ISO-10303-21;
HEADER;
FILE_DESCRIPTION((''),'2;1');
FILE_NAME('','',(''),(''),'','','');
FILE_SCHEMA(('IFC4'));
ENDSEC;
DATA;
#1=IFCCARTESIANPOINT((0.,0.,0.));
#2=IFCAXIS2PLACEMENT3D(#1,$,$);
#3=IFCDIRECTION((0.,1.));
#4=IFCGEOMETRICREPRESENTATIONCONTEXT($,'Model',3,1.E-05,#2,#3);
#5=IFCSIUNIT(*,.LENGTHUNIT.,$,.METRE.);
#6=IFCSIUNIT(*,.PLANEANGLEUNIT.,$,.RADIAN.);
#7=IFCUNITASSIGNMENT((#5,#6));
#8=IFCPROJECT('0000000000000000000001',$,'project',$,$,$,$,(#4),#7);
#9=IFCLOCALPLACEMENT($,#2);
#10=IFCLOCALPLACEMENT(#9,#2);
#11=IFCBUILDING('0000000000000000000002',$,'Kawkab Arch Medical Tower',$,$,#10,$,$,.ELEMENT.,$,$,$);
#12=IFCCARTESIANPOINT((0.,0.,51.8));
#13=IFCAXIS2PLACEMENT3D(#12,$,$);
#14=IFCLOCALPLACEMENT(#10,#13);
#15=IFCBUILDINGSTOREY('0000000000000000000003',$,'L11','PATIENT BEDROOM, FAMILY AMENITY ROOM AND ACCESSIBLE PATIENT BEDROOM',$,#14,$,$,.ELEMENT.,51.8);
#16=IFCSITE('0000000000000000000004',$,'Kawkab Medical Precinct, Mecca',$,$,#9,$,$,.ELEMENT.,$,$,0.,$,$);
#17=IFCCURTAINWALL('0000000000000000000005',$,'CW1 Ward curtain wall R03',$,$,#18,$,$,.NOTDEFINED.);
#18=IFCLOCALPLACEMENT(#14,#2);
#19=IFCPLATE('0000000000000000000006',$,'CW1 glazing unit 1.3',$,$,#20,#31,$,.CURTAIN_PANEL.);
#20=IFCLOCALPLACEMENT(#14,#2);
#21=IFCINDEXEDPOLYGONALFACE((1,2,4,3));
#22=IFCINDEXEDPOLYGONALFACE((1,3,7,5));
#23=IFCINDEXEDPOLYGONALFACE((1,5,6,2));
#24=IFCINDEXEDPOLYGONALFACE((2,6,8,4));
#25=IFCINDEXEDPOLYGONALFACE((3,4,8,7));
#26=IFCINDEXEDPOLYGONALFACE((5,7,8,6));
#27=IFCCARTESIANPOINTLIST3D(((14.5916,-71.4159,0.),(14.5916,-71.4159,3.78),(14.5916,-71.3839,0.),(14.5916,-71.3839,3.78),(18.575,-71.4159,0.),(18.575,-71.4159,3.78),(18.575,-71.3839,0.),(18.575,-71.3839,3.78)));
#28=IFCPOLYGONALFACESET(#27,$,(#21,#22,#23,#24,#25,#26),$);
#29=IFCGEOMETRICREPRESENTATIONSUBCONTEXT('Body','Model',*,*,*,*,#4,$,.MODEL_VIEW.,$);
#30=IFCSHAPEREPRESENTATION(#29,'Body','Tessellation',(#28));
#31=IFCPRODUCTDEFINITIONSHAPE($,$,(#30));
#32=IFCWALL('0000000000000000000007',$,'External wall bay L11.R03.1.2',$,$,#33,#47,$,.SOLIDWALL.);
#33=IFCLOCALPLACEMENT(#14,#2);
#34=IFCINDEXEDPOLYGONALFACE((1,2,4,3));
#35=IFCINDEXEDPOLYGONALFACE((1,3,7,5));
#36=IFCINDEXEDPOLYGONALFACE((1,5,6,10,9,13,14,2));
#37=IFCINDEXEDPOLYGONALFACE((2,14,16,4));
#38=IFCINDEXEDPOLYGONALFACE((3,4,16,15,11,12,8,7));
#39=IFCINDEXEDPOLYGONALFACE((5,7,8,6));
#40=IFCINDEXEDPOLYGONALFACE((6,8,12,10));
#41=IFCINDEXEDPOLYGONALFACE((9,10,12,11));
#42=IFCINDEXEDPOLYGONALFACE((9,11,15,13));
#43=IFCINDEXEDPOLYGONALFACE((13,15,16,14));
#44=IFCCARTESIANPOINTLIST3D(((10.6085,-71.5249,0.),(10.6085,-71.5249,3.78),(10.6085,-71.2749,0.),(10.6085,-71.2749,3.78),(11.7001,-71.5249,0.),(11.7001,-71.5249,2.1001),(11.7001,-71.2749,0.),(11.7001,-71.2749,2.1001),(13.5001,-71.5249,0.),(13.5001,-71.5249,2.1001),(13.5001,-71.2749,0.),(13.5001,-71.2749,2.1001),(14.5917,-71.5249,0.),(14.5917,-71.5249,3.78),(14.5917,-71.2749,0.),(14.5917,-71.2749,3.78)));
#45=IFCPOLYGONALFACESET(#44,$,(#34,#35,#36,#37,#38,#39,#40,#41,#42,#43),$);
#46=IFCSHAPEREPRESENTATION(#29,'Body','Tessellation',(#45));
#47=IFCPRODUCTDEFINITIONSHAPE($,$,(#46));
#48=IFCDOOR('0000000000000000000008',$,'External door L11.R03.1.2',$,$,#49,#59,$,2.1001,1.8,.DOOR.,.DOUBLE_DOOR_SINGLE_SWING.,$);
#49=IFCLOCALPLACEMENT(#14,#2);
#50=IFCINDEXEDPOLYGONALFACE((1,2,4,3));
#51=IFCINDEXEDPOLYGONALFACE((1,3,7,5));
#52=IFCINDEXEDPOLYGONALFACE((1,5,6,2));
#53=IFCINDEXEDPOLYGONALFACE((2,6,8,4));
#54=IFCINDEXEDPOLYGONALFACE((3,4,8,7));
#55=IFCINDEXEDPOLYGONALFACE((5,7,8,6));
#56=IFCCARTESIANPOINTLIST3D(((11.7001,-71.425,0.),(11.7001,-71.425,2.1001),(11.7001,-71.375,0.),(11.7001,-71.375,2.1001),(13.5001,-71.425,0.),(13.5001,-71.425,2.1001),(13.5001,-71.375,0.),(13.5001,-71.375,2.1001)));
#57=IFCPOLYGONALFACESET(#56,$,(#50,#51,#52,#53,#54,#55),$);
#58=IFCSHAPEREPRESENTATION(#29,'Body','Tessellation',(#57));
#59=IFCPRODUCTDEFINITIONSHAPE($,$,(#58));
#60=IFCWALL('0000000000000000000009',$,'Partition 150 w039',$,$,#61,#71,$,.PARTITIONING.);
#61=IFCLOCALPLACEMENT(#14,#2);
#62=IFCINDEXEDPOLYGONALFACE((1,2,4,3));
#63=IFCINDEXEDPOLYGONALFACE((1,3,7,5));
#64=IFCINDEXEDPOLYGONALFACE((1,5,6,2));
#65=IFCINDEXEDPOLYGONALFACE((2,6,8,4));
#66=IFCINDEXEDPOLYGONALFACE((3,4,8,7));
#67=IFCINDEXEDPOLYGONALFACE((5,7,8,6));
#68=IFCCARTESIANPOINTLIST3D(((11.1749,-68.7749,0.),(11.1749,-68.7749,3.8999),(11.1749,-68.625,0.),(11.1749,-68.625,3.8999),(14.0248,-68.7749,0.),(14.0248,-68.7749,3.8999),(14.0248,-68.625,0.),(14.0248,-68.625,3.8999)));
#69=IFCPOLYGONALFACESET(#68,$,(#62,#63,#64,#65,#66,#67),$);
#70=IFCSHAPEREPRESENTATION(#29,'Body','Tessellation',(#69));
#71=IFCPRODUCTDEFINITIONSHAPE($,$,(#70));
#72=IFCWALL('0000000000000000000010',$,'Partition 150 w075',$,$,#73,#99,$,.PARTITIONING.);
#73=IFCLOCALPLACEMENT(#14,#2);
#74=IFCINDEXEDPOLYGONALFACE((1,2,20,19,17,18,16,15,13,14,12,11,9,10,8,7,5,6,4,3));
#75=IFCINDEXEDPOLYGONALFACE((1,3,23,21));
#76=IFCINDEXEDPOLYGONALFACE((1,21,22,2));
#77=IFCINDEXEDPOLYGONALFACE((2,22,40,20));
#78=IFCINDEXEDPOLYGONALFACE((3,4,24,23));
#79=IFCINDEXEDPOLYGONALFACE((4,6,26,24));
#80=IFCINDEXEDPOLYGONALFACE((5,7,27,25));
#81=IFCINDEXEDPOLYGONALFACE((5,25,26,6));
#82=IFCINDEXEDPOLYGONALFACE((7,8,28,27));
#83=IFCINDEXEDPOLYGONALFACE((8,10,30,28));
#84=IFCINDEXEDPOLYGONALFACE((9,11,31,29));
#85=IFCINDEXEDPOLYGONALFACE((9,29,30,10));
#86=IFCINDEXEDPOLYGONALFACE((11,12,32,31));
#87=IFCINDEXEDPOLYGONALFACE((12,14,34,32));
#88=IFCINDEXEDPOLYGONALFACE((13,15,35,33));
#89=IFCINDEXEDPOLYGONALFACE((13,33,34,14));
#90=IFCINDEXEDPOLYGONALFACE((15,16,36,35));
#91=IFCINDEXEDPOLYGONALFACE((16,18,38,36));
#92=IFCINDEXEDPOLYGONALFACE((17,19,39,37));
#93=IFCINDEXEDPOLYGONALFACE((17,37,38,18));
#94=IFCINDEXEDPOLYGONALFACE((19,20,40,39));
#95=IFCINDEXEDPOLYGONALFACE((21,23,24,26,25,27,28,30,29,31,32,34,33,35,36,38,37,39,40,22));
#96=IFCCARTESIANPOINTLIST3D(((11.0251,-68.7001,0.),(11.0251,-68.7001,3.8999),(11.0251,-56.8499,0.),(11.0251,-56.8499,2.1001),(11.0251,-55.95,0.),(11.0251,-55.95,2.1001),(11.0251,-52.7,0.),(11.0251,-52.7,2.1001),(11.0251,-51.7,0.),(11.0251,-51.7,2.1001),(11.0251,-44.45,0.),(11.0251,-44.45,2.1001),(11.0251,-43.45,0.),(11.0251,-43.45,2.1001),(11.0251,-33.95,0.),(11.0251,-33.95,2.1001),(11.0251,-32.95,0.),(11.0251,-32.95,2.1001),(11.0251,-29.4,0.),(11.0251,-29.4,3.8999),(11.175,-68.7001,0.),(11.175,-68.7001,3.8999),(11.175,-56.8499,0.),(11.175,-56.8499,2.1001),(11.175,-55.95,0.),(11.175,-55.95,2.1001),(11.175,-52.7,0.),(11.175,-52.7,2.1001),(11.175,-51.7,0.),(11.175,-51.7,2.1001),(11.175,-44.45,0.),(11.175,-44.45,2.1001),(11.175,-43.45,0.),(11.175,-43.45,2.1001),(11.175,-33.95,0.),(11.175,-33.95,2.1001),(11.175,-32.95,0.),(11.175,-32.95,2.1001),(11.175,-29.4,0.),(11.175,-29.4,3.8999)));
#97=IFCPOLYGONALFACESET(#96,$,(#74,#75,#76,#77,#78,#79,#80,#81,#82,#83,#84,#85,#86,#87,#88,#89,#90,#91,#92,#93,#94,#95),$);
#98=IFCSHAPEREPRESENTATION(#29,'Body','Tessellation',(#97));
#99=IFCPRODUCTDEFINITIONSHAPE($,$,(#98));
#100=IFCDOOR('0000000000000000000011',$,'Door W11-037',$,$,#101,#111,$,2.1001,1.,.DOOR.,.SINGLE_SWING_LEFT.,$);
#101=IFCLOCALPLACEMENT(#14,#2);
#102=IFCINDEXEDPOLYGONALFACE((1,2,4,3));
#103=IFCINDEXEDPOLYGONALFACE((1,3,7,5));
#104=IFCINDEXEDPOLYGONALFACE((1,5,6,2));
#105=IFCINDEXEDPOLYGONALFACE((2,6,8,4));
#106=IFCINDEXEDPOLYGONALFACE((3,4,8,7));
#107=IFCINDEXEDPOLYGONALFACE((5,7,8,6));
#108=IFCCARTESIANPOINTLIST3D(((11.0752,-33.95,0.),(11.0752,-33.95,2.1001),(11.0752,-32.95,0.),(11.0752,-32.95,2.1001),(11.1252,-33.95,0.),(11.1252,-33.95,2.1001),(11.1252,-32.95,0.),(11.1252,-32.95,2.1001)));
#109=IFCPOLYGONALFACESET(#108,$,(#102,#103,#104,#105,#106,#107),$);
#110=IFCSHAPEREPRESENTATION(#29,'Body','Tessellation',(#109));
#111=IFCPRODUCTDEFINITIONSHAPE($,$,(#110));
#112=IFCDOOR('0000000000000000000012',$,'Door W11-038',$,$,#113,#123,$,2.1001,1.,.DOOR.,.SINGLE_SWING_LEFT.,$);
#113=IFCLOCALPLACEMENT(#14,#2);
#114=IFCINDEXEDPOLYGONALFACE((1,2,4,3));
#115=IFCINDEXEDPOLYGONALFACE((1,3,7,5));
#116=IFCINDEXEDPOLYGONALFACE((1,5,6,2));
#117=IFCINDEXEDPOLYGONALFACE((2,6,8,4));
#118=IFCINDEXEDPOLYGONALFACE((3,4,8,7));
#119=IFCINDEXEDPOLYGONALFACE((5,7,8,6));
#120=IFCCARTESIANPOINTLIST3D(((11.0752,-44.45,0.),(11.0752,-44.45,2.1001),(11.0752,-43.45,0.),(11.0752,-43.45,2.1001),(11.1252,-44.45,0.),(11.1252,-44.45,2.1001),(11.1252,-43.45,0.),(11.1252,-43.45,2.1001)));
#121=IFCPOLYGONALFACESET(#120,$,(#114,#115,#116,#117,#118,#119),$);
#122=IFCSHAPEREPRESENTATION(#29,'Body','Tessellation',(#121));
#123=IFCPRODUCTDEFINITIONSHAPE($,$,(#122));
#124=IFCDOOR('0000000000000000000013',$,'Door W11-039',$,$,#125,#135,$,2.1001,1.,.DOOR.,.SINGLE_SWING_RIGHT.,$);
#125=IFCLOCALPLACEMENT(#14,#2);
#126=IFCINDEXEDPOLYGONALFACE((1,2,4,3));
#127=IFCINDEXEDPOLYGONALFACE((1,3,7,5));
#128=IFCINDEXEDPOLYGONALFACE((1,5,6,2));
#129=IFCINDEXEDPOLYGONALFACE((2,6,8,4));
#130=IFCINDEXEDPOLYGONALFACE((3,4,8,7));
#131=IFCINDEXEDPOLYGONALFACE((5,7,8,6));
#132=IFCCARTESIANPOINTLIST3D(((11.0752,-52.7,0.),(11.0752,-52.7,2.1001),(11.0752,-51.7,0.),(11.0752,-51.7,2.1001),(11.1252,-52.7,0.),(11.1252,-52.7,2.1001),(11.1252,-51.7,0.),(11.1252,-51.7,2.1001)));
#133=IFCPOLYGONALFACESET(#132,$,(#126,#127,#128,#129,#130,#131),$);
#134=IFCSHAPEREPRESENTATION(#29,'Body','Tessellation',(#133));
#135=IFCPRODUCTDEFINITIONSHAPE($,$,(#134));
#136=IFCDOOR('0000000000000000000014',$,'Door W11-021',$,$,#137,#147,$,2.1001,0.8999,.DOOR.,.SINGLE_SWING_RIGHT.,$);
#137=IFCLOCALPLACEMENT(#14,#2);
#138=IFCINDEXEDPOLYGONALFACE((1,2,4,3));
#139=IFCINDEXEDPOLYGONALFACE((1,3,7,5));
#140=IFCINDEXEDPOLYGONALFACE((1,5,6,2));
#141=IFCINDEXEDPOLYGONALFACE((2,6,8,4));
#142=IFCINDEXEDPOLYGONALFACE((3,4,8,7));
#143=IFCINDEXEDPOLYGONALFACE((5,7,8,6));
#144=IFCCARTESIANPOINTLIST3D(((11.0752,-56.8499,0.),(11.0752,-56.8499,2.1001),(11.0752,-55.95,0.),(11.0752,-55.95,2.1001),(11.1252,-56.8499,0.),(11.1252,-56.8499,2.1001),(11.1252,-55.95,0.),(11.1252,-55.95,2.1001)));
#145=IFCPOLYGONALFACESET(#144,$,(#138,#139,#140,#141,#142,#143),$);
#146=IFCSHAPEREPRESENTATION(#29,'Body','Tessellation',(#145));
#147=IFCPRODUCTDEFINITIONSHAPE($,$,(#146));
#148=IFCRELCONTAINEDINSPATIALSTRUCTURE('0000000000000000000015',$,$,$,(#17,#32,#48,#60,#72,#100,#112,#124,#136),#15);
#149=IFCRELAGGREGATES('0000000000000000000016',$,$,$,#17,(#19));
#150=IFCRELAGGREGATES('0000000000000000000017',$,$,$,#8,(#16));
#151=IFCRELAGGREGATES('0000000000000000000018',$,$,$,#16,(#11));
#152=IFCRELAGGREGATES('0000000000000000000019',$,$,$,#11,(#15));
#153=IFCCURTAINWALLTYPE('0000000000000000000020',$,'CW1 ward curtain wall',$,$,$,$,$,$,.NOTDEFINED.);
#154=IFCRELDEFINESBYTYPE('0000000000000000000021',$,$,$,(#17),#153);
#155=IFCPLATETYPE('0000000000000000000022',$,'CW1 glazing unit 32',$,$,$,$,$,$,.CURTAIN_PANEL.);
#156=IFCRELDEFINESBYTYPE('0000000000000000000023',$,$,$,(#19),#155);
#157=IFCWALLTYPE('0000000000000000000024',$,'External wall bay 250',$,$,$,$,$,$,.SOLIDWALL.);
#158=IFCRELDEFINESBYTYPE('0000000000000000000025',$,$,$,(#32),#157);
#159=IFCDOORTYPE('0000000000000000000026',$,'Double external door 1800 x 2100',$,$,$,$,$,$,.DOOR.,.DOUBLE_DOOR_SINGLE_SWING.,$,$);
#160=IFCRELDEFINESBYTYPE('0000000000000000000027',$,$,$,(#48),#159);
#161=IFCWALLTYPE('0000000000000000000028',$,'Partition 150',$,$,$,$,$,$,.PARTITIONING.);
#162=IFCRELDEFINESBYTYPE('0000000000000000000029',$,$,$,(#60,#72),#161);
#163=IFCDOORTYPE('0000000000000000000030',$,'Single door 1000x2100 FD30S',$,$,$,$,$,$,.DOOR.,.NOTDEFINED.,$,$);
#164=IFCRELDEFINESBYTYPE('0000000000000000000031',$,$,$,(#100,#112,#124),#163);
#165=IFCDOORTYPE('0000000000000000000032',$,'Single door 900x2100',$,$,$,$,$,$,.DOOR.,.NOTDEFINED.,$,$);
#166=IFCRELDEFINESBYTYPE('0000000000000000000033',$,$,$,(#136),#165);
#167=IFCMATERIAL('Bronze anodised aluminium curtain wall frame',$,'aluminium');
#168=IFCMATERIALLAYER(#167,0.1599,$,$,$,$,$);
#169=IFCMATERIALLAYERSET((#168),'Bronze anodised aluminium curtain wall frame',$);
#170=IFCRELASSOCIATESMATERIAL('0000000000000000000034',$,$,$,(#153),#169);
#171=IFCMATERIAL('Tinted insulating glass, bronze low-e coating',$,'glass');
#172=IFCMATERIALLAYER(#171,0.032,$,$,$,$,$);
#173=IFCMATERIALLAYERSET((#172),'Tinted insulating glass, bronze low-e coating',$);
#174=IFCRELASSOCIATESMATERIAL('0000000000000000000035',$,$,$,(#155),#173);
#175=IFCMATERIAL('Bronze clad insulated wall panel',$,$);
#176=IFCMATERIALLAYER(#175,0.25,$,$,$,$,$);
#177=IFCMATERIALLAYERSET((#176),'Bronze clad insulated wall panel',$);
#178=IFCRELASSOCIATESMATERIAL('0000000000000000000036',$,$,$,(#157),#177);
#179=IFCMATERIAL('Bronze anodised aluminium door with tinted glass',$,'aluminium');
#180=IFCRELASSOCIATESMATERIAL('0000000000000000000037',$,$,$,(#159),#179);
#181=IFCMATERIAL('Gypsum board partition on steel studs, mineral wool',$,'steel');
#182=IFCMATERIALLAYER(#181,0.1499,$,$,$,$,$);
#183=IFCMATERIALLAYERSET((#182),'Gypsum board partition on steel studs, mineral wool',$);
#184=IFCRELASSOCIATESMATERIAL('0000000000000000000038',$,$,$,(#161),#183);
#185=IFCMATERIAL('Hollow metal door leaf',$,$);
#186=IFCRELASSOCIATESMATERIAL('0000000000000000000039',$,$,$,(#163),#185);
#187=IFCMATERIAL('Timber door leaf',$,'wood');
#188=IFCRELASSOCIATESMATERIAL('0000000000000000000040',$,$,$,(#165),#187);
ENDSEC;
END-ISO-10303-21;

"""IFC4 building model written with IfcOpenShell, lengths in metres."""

from ifc_helpers import new_model, si_unit, direction, frame, frame_2d, origin, origin_2d, place, context, subcontext, project, spatial, rectangle, extrude, material, layer, layer_set, type_object, element, fill, aggregate, save


model = new_model("IFC4")

# Units and contexts
model_context = context("Model", 3, precision=1e-05, world=origin(), true_north=direction((0.0, 1.0)))
body_context = subcontext(model_context, "Body", "Model", "MODEL_VIEW")
ifc_project = project(units=[si_unit("LENGTHUNIT", "METRE"), si_unit("PLANEANGLEUNIT", "RADIAN")], contexts=[model_context])

# Site, building, storey
site_placement = place(None, origin())
site = spatial("IfcSite", under=ifc_project, at=site_placement, Name="Kawkab Medical Precinct, Mecca", CompositionType="ELEMENT", RefElevation=0.0)
building_placement = place(site_placement, origin())
building = spatial("IfcBuilding", under=site, at=building_placement, Name="Kawkab Arch Medical Tower", CompositionType="ELEMENT")
storey_placement = place(building_placement, frame((0.0, 0.0, 51.8)))
storey = spatial("IfcBuildingStorey", under=building, at=storey_placement, Name="L11", Description="PATIENT BEDROOM, FAMILY AMENITY ROOM AND ACCESSIBLE PATIENT BEDROOM", CompositionType="ELEMENT", Elevation=51.8)

# Curtain wall, plate
ifc_material_1 = material(Name="Bronze anodised aluminium curtain wall frame", Category="aluminium")
ifc_layer_1 = layer(ifc_material_1, 0.1599)
ifc_layer_set_1 = layer_set([ifc_layer_1], Name="Bronze anodised aluminium curtain wall frame")
curtain_wall_type = type_object("IfcCurtainWallType", Name="CW1 ward curtain wall", PredefinedType="NOTDEFINED", material=ifc_layer_set_1)
curtain_wall_placement = place(storey_placement, origin())
curtain_wall = element("IfcCurtainWall", 1, at=curtain_wall_placement, inside=storey, type_object=curtain_wall_type, Name="CW1 Ward curtain wall R03", PredefinedType="NOTDEFINED")
ifc_material_2 = material(Name="Tinted insulating glass, bronze low-e coating", Category="glass")
ifc_layer_2 = layer(ifc_material_2, 0.032)
ifc_layer_set_2 = layer_set([ifc_layer_2], Name="Tinted insulating glass, bronze low-e coating")
plate_type = type_object("IfcPlateType", Name="CW1 glazing unit 32", PredefinedType="CURTAIN_PANEL", material=ifc_layer_set_2)
plate_placement = place(storey_placement, frame((16.5833, -71.3999, 0.0), z_axis=(0.0, 0.0, 1.0), x_axis=(1.0, 0.0, 0.0)))
plate = element("IfcPlate", 2, at=plate_placement, type_object=plate_type, Name="CW1 glazing unit 1.3", PredefinedType="CURTAIN_PANEL", context=body_context, shape_type="SweptSolid", body=[
    extrude(rectangle(XDim=3.9834, YDim=0.032, at=origin_2d()), origin(), (0.0, 0.0, 1.0), 3.78),
])
aggregate(curtain_wall, [plate])

# Wall, opening, door
ifc_material_3 = material(Name="Bronze clad insulated wall panel")
ifc_layer_3 = layer(ifc_material_3, 0.25)
ifc_layer_set_3 = layer_set([ifc_layer_3], Name="Bronze clad insulated wall panel")
wall_type_1 = type_object("IfcWallType", Name="External wall bay 250", PredefinedType="SOLIDWALL", material=ifc_layer_set_3)
wall_1_placement = place(storey_placement, frame((10.6084, -71.3999, 0.0), z_axis=(0.0, 0.0, 1.0), x_axis=(1.0, 0.0, 0.0)))
wall_1 = element("IfcWall", 3, at=wall_1_placement, inside=storey, type_object=wall_type_1, Name="External wall bay L11.R03.1.2", PredefinedType="SOLIDWALL", context=body_context, shape_type="SweptSolid", body=[
    extrude(rectangle(XDim=3.9832, YDim=0.25, at=frame_2d((1.9917, 0.0))), origin(), (0.0, 0.0, 1.0), 3.78),
])
opening_1_placement = place(wall_1_placement, frame((1.0918, 0.0, 0.0)))
opening_1 = element("IfcOpeningElement", 4, at=opening_1_placement, cuts=wall_1, PredefinedType="OPENING", context=body_context, shape_type="SweptSolid", body=[
    extrude(rectangle(XDim=1.8, YDim=2.1001, at=frame_2d((0.8999, 1.05))), frame((0.0, 0.135, 0.0), z_axis=(0.0, -1.0, 0.0), x_axis=(1.0, 0.0, 0.0)), (0.0, 0.0, 1.0), 0.27),
])
ifc_material_4 = material(Name="Bronze anodised aluminium door with tinted glass", Category="aluminium")
door_type_1 = type_object("IfcDoorType", Name="Double external door 1800 x 2100", OperationType="DOUBLE_DOOR_SINGLE_SWING", PredefinedType="DOOR", material=ifc_material_4)
door_1_placement = place(opening_1_placement, origin())
door_1 = element("IfcDoor", 5, at=door_1_placement, inside=storey, type_object=door_type_1, Name="External door L11.R03.1.2", OperationType="DOUBLE_DOOR_SINGLE_SWING", OverallHeight=2.1001, OverallWidth=1.8, PredefinedType="DOOR", context=body_context, shape_type="SweptSolid", body=[
    extrude(rectangle(XDim=1.8, YDim=2.1001, at=frame_2d((0.8999, 1.05))), frame((0.0, 0.0249, 0.0), z_axis=(0.0, -1.0, 0.0), x_axis=(1.0, 0.0, 0.0)), (0.0, 0.0, 1.0), 0.05),
])
fill(opening_1, door_1)

# Wall
ifc_material_5 = material(Name="Gypsum board partition on steel studs, mineral wool", Category="steel")
ifc_layer_4 = layer(ifc_material_5, 0.1499)
ifc_layer_set_4 = layer_set([ifc_layer_4], Name="Gypsum board partition on steel studs, mineral wool")
wall_type_2 = type_object("IfcWallType", Name="Partition 150", PredefinedType="PARTITIONING", material=ifc_layer_set_4)
wall_2_placement = place(storey_placement, frame((11.175, -68.7, 0.0), z_axis=(0.0, 0.0, 1.0), x_axis=(1.0, 0.0, 0.0)))
element("IfcWall", 6, at=wall_2_placement, inside=storey, type_object=wall_type_2, Name="Partition 150 w039", PredefinedType="PARTITIONING", context=body_context, shape_type="SweptSolid", body=[
    extrude(rectangle(XDim=2.8499, YDim=0.1499, at=frame_2d((1.4248, 0.0))), origin(), (0.0, 0.0, 1.0), 3.8999),
])

# Wall, openings, doors
wall_3_placement = place(storey_placement, frame((11.1001, -68.7, 0.0), z_axis=(0.0, 0.0, 1.0), x_axis=(0.0, 1.0, 0.0)))
wall_3 = element("IfcWall", 7, at=wall_3_placement, inside=storey, type_object=wall_type_2, Name="Partition 150 w075", PredefinedType="PARTITIONING", context=body_context, shape_type="SweptSolid", body=[
    extrude(rectangle(XDim=39.3, YDim=0.1499, at=frame_2d((19.6499, 0.0))), origin(), (0.0, 0.0, 1.0), 3.8999),
])
opening_2_placement = place(wall_3_placement, frame((34.75, 0.0, 0.0)))
opening_2 = element("IfcOpeningElement", 8, at=opening_2_placement, cuts=wall_3, PredefinedType="OPENING", context=body_context, shape_type="SweptSolid", body=[
    extrude(rectangle(XDim=1.0, YDim=2.1001, at=frame_2d((0.5, 1.05))), frame((0.0, 0.085, 0.0), z_axis=(0.0, -1.0, 0.0), x_axis=(1.0, 0.0, 0.0)), (0.0, 0.0, 1.0), 0.1699),
])
opening_3_placement = place(wall_3_placement, frame((24.25, 0.0, 0.0)))
opening_3 = element("IfcOpeningElement", 9, at=opening_3_placement, cuts=wall_3, PredefinedType="OPENING", context=body_context, shape_type="SweptSolid", body=[
    extrude(rectangle(XDim=1.0, YDim=2.1001, at=frame_2d((0.5, 1.05))), frame((0.0, 0.085, 0.0), z_axis=(0.0, -1.0, 0.0), x_axis=(1.0, 0.0, 0.0)), (0.0, 0.0, 1.0), 0.1699),
])
opening_4_placement = place(wall_3_placement, frame((16.0, 0.0, 0.0)))
opening_4 = element("IfcOpeningElement", 10, at=opening_4_placement, cuts=wall_3, PredefinedType="OPENING", context=body_context, shape_type="SweptSolid", body=[
    extrude(rectangle(XDim=1.0, YDim=2.1001, at=frame_2d((0.5, 1.05))), frame((0.0, 0.085, 0.0), z_axis=(0.0, -1.0, 0.0), x_axis=(1.0, 0.0, 0.0)), (0.0, 0.0, 1.0), 0.1699),
])
opening_5_placement = place(wall_3_placement, frame((11.8501, 0.0, 0.0)))
opening_5 = element("IfcOpeningElement", 11, at=opening_5_placement, cuts=wall_3, PredefinedType="OPENING", context=body_context, shape_type="SweptSolid", body=[
    extrude(rectangle(XDim=0.8999, YDim=2.1001, at=frame_2d((0.45, 1.05))), frame((0.0, 0.085, 0.0), z_axis=(0.0, -1.0, 0.0), x_axis=(1.0, 0.0, 0.0)), (0.0, 0.0, 1.0), 0.1699),
])
ifc_material_6 = material(Name="Hollow metal door leaf")
door_type_2 = type_object("IfcDoorType", Name="Single door 1000x2100 FD30S", OperationType="NOTDEFINED", PredefinedType="DOOR", material=ifc_material_6)
door_2_placement = place(opening_2_placement, origin())
door_2 = element("IfcDoor", 12, at=door_2_placement, inside=storey, type_object=door_type_2, Name="Door W11-037", OperationType="SINGLE_SWING_LEFT", OverallHeight=2.1001, OverallWidth=1.0, PredefinedType="DOOR", context=body_context, shape_type="SweptSolid", body=[
    extrude(rectangle(XDim=1.0, YDim=2.1001, at=frame_2d((0.5, 1.05))), frame((0.0, 0.0249, 0.0), z_axis=(0.0, -1.0, 0.0), x_axis=(1.0, 0.0, 0.0)), (0.0, 0.0, 1.0), 0.05),
])
fill(opening_2, door_2)
door_3_placement = place(opening_3_placement, origin())
door_3 = element("IfcDoor", 13, at=door_3_placement, inside=storey, type_object=door_type_2, Name="Door W11-038", OperationType="SINGLE_SWING_LEFT", OverallHeight=2.1001, OverallWidth=1.0, PredefinedType="DOOR", context=body_context, shape_type="SweptSolid", body=[
    extrude(rectangle(XDim=1.0, YDim=2.1001, at=frame_2d((0.5, 1.05))), frame((0.0, 0.0249, 0.0), z_axis=(0.0, -1.0, 0.0), x_axis=(1.0, 0.0, 0.0)), (0.0, 0.0, 1.0), 0.05),
])
fill(opening_3, door_3)
door_4_placement = place(opening_4_placement, origin())
door_4 = element("IfcDoor", 14, at=door_4_placement, inside=storey, type_object=door_type_2, Name="Door W11-039", OperationType="SINGLE_SWING_RIGHT", OverallHeight=2.1001, OverallWidth=1.0, PredefinedType="DOOR", context=body_context, shape_type="SweptSolid", body=[
    extrude(rectangle(XDim=1.0, YDim=2.1001, at=frame_2d((0.5, 1.05))), frame((0.0, 0.0249, 0.0), z_axis=(0.0, -1.0, 0.0), x_axis=(1.0, 0.0, 0.0)), (0.0, 0.0, 1.0), 0.05),
])
fill(opening_4, door_4)
ifc_material_7 = material(Name="Timber door leaf", Category="wood")
door_type_3 = type_object("IfcDoorType", Name="Single door 900x2100", OperationType="NOTDEFINED", PredefinedType="DOOR", material=ifc_material_7)
door_5_placement = place(opening_5_placement, origin())
door_5 = element("IfcDoor", 15, at=door_5_placement, inside=storey, type_object=door_type_3, Name="Door W11-021", OperationType="SINGLE_SWING_RIGHT", OverallHeight=2.1001, OverallWidth=0.8999, PredefinedType="DOOR", context=body_context, shape_type="SweptSolid", body=[
    extrude(rectangle(XDim=0.8999, YDim=2.1001, at=frame_2d((0.45, 1.05))), frame((0.0, 0.0249, 0.0), z_axis=(0.0, -1.0, 0.0), x_axis=(1.0, 0.0, 0.0)), (0.0, 0.0, 1.0), 0.05),
])
fill(opening_5, door_5)

save(model, "model.ifc")
